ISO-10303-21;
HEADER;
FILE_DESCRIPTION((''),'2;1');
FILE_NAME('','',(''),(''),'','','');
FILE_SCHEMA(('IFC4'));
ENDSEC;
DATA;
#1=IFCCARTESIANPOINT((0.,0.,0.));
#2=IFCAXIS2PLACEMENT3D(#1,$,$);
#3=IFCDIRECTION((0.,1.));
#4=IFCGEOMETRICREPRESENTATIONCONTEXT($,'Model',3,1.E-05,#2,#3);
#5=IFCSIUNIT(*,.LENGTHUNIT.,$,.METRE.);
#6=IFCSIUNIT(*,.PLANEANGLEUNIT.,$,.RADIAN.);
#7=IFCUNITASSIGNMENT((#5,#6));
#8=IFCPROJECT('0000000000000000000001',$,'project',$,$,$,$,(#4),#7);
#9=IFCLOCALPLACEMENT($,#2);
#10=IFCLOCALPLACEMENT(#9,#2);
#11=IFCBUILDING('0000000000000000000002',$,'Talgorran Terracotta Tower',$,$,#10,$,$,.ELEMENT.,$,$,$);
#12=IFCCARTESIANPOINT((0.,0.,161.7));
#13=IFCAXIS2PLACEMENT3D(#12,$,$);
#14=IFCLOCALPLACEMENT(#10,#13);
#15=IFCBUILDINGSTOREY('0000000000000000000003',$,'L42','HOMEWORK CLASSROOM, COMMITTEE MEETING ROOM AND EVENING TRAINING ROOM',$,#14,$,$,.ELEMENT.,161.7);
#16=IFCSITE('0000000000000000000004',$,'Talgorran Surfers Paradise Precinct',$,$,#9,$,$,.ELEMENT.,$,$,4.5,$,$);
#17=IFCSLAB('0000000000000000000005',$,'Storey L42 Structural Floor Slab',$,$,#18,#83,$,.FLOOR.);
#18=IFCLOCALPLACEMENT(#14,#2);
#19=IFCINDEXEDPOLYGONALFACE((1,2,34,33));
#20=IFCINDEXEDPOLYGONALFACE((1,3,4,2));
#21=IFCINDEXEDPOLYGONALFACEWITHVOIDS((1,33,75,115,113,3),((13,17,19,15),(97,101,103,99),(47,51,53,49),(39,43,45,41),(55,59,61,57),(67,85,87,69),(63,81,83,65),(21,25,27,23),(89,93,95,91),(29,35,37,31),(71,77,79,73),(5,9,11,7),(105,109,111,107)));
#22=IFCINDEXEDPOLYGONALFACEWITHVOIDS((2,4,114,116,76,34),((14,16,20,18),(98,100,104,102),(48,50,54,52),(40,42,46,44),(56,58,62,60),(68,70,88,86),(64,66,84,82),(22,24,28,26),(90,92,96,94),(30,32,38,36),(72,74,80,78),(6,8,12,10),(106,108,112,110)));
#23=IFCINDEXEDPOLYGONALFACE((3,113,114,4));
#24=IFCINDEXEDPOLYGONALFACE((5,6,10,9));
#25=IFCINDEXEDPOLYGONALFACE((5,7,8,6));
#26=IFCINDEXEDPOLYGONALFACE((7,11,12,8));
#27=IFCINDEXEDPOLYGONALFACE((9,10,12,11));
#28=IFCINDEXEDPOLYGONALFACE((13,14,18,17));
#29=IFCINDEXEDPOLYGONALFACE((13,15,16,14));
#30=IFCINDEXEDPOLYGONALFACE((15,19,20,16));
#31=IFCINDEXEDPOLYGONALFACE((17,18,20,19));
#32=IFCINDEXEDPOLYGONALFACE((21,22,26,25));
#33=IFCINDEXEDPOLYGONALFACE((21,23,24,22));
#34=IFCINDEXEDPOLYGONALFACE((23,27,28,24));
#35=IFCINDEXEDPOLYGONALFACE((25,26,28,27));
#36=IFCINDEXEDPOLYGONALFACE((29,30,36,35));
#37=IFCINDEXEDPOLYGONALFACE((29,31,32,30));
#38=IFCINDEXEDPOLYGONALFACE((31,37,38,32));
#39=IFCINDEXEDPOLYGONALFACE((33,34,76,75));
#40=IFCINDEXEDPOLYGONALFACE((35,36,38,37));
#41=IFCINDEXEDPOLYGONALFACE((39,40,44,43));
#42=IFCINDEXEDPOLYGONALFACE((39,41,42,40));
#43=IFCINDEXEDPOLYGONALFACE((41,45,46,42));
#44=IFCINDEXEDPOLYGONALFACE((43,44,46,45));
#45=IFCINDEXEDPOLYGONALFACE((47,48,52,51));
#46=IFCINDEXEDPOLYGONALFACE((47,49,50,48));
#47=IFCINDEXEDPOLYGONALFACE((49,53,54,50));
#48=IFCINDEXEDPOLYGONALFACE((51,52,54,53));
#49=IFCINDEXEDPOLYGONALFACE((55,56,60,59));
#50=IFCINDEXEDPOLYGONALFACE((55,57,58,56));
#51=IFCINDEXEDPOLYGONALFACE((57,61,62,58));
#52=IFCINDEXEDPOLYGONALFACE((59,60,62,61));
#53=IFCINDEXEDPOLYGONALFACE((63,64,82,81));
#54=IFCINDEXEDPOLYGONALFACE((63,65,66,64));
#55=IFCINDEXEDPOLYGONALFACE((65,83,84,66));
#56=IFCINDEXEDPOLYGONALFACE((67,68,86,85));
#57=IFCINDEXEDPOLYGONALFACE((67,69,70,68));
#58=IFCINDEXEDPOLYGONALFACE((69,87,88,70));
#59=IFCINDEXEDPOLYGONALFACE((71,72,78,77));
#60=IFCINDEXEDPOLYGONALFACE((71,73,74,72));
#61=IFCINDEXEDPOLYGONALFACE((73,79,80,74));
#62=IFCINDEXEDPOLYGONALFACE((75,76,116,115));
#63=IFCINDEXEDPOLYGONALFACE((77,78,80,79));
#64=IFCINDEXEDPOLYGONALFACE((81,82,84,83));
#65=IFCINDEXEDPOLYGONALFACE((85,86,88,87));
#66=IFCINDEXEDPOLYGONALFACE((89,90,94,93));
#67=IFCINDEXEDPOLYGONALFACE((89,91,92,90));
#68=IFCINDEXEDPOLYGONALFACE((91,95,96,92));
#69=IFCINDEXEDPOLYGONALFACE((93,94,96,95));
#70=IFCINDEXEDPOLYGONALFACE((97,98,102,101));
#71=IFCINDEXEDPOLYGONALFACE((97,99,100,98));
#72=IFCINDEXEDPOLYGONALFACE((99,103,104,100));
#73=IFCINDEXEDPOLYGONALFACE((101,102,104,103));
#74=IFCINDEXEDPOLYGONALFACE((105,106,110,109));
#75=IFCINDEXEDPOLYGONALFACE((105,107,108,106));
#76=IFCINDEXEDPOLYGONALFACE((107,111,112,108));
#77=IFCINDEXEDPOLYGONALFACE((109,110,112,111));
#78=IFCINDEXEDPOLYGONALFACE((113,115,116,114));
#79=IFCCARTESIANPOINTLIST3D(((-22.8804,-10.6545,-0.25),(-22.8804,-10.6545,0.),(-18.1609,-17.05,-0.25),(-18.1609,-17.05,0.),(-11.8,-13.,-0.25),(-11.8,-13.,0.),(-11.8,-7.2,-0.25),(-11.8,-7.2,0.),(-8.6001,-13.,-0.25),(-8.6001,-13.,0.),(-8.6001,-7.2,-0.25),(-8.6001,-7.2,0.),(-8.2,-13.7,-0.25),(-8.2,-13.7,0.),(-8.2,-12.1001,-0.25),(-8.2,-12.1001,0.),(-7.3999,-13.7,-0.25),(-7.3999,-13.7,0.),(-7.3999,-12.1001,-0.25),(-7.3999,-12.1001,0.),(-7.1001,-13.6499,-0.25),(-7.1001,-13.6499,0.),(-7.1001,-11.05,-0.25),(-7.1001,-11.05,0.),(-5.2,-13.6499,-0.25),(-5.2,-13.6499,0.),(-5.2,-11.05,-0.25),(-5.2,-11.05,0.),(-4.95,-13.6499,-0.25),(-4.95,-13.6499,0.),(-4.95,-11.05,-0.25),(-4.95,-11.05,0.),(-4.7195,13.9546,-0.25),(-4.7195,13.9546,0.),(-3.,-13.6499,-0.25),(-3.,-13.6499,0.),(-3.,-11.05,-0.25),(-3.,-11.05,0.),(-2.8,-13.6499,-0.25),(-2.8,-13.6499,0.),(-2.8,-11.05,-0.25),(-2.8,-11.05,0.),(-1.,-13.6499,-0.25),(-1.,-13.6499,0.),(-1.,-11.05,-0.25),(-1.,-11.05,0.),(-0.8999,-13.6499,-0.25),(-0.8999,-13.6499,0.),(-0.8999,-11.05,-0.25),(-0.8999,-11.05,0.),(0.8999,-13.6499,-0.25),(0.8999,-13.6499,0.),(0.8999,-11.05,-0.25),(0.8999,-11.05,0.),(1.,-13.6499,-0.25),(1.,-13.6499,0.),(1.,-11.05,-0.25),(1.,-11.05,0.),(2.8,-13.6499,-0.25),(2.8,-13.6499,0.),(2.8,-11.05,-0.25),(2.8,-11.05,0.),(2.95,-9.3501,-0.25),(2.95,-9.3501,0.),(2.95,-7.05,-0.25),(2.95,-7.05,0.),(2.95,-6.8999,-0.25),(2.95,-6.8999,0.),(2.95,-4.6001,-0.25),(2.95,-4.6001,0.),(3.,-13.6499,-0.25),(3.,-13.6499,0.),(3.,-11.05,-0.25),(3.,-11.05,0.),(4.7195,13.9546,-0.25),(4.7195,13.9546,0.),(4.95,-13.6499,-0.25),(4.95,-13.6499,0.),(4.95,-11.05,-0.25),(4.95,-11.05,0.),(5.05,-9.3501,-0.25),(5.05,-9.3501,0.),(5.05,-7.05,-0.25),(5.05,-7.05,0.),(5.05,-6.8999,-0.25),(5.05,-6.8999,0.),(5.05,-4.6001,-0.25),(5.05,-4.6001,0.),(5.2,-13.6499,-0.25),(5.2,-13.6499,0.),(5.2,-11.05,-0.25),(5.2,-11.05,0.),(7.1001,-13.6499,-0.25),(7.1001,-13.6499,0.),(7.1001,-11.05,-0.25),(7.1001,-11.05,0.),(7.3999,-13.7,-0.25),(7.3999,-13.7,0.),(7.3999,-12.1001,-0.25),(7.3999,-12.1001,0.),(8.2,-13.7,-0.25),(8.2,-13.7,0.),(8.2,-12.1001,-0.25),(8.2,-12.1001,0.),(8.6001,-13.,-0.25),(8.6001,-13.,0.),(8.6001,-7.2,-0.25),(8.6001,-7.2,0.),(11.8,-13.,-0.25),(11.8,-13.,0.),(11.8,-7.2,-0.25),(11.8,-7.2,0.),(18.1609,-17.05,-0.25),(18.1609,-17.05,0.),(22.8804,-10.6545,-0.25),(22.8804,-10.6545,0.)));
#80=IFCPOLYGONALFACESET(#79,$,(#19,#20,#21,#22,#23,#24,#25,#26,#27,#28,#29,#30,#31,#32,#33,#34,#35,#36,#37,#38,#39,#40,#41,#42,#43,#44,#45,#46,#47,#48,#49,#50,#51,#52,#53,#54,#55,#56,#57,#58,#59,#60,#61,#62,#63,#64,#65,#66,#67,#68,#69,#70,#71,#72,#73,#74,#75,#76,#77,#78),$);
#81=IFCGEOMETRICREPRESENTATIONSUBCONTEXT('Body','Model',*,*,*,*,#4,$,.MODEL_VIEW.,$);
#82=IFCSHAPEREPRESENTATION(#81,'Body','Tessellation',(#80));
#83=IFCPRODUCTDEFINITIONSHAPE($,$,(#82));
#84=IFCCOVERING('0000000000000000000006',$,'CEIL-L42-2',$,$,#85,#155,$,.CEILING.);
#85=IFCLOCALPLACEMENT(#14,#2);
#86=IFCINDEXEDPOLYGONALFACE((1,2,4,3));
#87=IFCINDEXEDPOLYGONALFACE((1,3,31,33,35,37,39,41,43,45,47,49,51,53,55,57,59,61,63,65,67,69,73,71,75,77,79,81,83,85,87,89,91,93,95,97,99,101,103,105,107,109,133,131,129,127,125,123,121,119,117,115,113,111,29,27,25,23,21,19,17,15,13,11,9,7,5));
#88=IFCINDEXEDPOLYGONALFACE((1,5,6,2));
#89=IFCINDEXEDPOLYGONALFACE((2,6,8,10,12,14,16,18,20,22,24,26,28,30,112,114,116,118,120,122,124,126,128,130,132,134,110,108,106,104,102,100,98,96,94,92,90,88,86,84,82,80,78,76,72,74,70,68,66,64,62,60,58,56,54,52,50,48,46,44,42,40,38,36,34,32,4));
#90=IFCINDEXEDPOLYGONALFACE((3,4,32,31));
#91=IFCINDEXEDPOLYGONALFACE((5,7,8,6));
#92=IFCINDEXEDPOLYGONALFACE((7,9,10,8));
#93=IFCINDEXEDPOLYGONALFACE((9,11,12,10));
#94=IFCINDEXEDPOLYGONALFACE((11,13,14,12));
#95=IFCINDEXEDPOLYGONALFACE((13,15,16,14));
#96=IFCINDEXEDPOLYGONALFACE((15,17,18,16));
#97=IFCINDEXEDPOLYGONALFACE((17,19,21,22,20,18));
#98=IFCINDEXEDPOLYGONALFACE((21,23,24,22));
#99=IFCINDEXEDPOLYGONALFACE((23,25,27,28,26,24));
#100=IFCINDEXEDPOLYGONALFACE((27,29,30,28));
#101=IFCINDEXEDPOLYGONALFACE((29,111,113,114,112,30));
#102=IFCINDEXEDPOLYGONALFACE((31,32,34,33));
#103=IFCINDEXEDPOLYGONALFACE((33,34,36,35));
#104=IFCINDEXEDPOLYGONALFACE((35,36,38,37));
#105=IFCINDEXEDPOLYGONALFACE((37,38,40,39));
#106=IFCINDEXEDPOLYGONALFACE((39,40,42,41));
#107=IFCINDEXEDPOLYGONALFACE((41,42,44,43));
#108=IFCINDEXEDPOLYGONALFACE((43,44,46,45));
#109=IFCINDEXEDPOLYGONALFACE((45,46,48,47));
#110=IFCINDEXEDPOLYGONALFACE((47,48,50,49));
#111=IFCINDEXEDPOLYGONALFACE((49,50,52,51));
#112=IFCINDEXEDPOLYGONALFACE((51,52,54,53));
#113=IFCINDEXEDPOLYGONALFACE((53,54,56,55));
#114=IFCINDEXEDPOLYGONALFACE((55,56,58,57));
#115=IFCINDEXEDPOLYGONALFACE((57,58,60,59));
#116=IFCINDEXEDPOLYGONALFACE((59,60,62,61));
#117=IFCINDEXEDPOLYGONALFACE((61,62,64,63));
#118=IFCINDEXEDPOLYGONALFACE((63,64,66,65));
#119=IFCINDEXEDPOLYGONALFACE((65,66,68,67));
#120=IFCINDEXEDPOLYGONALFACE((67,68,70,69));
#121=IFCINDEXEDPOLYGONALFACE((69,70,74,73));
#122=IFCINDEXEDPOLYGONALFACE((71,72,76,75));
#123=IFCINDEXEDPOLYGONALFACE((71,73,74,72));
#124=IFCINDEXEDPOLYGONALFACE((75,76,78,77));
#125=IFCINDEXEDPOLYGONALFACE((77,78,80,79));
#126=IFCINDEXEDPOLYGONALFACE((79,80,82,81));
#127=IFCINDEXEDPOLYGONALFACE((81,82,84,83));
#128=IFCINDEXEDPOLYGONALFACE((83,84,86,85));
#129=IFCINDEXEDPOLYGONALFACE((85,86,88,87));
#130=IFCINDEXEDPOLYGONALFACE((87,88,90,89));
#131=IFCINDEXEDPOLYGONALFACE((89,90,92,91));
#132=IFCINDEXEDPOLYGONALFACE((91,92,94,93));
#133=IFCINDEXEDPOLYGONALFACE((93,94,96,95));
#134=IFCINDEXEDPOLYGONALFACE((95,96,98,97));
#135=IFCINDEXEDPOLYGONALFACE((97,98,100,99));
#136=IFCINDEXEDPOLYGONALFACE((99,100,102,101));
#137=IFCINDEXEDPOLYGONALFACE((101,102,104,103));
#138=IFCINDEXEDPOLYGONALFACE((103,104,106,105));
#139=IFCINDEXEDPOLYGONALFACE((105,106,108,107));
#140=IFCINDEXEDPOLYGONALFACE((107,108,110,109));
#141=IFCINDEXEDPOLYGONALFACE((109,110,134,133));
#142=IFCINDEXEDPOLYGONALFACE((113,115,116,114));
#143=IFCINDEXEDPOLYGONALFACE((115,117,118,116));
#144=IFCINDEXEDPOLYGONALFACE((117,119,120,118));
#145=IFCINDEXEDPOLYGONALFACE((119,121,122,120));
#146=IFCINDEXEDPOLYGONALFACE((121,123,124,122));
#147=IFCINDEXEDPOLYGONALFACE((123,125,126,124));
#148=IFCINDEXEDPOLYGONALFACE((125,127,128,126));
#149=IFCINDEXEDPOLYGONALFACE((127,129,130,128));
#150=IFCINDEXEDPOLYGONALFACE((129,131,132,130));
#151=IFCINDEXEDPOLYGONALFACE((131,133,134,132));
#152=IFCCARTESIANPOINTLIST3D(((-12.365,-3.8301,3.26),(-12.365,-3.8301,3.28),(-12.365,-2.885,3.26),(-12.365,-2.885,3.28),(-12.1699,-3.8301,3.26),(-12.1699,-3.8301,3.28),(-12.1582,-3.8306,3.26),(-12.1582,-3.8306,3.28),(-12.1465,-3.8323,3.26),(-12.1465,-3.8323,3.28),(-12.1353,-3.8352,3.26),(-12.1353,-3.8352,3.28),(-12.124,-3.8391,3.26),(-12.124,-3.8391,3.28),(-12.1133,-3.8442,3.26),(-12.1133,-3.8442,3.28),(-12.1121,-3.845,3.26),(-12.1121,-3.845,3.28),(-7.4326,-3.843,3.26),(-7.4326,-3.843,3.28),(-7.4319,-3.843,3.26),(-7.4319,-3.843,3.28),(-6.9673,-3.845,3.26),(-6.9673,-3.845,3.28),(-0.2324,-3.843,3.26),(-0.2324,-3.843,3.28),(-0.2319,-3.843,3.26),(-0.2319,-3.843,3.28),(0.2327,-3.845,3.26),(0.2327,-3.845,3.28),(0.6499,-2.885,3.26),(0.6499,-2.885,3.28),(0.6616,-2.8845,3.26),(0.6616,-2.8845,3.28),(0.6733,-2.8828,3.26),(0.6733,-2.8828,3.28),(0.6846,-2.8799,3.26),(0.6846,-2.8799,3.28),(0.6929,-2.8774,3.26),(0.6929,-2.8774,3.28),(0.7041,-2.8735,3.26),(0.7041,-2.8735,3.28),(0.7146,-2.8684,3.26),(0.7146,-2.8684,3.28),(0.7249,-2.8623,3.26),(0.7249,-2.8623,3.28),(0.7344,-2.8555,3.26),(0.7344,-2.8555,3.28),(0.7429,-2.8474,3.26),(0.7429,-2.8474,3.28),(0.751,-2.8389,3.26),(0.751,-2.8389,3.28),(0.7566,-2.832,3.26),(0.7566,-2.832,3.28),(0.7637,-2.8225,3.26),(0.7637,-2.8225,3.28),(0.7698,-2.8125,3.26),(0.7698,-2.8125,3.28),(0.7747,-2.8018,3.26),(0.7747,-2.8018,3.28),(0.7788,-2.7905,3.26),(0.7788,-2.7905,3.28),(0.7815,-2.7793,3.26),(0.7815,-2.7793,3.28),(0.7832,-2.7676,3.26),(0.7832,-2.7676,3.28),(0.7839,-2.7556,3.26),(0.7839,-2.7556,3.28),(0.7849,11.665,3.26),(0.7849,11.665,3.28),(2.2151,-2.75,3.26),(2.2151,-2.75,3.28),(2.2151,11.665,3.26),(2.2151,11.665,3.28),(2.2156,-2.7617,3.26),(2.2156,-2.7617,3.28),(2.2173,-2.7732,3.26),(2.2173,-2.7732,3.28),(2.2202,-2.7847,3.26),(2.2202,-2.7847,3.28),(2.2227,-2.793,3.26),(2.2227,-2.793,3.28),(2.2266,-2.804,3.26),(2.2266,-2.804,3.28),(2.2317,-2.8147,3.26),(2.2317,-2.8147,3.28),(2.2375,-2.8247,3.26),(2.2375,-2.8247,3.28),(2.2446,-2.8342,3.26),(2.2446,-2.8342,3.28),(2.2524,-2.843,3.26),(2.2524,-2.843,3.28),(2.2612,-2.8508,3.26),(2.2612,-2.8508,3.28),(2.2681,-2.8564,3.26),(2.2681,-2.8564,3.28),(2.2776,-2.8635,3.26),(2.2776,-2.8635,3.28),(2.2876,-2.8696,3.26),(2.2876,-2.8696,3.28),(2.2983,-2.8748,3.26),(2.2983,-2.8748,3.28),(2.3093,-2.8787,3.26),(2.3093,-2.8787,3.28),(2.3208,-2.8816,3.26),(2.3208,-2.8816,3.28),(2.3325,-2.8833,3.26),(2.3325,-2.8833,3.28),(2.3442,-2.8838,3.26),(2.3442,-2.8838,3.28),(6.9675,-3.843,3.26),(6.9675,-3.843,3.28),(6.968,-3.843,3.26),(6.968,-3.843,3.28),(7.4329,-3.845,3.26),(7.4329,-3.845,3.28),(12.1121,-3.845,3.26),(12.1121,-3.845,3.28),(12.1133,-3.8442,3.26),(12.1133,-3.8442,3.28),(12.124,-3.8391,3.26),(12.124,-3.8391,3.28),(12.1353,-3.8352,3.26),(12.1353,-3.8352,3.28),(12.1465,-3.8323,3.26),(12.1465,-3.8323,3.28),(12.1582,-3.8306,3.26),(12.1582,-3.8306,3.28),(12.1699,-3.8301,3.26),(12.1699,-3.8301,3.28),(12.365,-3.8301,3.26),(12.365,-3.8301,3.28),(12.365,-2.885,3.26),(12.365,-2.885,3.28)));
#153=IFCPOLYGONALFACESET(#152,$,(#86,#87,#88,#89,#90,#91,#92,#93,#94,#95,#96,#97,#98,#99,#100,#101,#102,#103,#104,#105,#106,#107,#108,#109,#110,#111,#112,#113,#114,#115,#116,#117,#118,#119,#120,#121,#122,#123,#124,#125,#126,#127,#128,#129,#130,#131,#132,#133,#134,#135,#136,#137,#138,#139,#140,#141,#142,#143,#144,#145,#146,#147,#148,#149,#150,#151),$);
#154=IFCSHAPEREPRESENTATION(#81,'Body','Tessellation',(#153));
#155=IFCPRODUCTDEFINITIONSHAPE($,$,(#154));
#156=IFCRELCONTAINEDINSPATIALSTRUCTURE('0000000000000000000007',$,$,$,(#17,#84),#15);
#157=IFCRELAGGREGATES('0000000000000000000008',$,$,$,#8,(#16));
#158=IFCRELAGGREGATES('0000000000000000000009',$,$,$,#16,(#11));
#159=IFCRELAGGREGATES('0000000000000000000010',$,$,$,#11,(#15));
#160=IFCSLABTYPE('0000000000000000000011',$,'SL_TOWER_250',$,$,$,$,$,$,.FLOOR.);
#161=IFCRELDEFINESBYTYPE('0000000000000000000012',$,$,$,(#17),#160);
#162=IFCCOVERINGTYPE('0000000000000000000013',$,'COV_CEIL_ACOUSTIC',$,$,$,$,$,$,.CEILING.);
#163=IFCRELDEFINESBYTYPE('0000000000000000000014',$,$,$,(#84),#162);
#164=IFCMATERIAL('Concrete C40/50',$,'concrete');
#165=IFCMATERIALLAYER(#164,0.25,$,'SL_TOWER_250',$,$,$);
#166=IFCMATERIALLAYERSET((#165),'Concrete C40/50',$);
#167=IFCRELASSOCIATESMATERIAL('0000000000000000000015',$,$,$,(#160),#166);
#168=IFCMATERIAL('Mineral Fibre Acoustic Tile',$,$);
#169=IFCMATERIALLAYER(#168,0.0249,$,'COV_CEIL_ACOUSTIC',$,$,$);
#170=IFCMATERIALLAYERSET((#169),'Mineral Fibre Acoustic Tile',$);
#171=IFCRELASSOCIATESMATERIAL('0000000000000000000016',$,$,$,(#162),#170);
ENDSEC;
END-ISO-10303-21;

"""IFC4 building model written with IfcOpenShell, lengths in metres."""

from ifc_helpers import new_model, si_unit, direction, frame, origin, place, context, subcontext, project, spatial, polyline, outline, extrude, material, layer, layer_set, type_object, element, save


model = new_model("IFC4")

# Units and contexts
model_context = context("Model", 3, precision=1e-05, world=origin(), true_north=direction((0.0, 1.0)))
body_context = subcontext(model_context, "Body", "Model", "MODEL_VIEW")
ifc_project = project(units=[si_unit("LENGTHUNIT", "METRE"), si_unit("PLANEANGLEUNIT", "RADIAN")], contexts=[model_context])

# Site, building, storey
site_placement = place(None, origin())
site = spatial("IfcSite", under=ifc_project, at=site_placement, Name="Talgorran Surfers Paradise Precinct", CompositionType="ELEMENT", RefElevation=4.5)
building_placement = place(site_placement, origin())
building = spatial("IfcBuilding", under=site, at=building_placement, Name="Talgorran Terracotta Tower", CompositionType="ELEMENT")
storey_placement = place(building_placement, frame((0.0, 0.0, 161.7)))
storey = spatial("IfcBuildingStorey", under=building, at=storey_placement, Name="L42", Description="HOMEWORK CLASSROOM, COMMITTEE MEETING ROOM AND EVENING TRAINING ROOM", CompositionType="ELEMENT", Elevation=161.7)

# Shared definitions
ifc_material_1 = material(Name="Concrete C40/50", Category="concrete")

# Slab
ifc_layer_1 = layer(ifc_material_1, 0.25, Name="SL_TOWER_250")
ifc_layer_set_1 = layer_set([ifc_layer_1], Name="Concrete C40/50")
slab_type_1 = type_object("IfcSlabType", Name="SL_TOWER_250", PredefinedType="FLOOR", material=ifc_layer_set_1)
slab_1_placement = place(storey_placement, frame((0.0, 0.0, -0.25)))
element("IfcSlab", 1, at=slab_1_placement, inside=storey, type_object=slab_type_1, Name="Storey L42 Structural Floor Slab", PredefinedType="FLOOR", context=body_context, shape_type="SweptSolid", body=[
    extrude(outline(polyline([(-22.8804, -10.6545), (-18.1609, -17.05), (18.1609, -17.05), (22.8804, -10.6545), (4.7195, 13.9546), (-4.7195, 13.9546), (-22.8804, -10.6545)]), holes=[polyline([(-11.8, -7.2), (-11.8, -13.0), (-8.6001, -13.0), (-8.6001, -7.2), (-11.8, -7.2)]), polyline([(8.6001, -7.2), (8.6001, -13.0), (11.8, -13.0), (11.8, -7.2), (8.6001, -7.2)]), polyline([(-7.1001, -13.6499), (-5.2, -13.6499), (-5.2, -11.05), (-7.1001, -11.05), (-7.1001, -13.6499)]), polyline([(5.2, -13.6499), (7.1001, -13.6499), (7.1001, -11.05), (5.2, -11.05), (5.2, -13.6499)]), polyline([(3.0, -13.6499), (4.95, -13.6499), (4.95, -11.05), (3.0, -11.05), (3.0, -13.6499)]), polyline([(-4.95, -13.6499), (-3.0, -13.6499), (-3.0, -11.05), (-4.95, -11.05), (-4.95, -13.6499)]), polyline([(2.95, -9.3501), (5.05, -9.3501), (5.05, -7.05), (2.95, -7.05), (2.95, -9.3501)]), polyline([(2.95, -6.8999), (5.05, -6.8999), (5.05, -4.6001), (2.95, -4.6001), (2.95, -6.8999)]), polyline([(-2.8, -13.6499), (-1.0, -13.6499), (-1.0, -11.05), (-2.8, -11.05), (-2.8, -13.6499)]), polyline([(-0.8999, -13.6499), (0.8999, -13.6499), (0.8999, -11.05), (-0.8999, -11.05), (-0.8999, -13.6499)]), polyline([(1.0, -13.6499), (2.8, -13.6499), (2.8, -11.05), (1.0, -11.05), (1.0, -13.6499)]), polyline([(-8.2, -13.7), (-7.3999, -13.7), (-7.3999, -12.1001), (-8.2, -12.1001), (-8.2, -13.7)]), polyline([(7.3999, -13.7), (8.2, -13.7), (8.2, -12.1001), (7.3999, -12.1001), (7.3999, -13.7)])]), origin(), (0.0, 0.0, 1.0), 0.25),
])

# Covering
ifc_material_2 = material(Name="Mineral Fibre Acoustic Tile")
ifc_layer_2 = layer(ifc_material_2, 0.0249, Name="COV_CEIL_ACOUSTIC")
ifc_layer_set_2 = layer_set([ifc_layer_2], Name="Mineral Fibre Acoustic Tile")
covering_type_1 = type_object("IfcCoveringType", Name="COV_CEIL_ACOUSTIC", PredefinedType="CEILING", material=ifc_layer_set_2)
covering_1_placement = place(storey_placement, frame((0.0, 0.0, 3.26)))
element("IfcCovering", 2, at=covering_1_placement, inside=storey, type_object=covering_type_1, Name="CEIL-L42-2", PredefinedType="CEILING", context=body_context, shape_type="SweptSolid", body=[
    extrude(outline(polyline([(-12.365, -2.885), (0.6499, -2.885), (0.6616, -2.8845), (0.6733, -2.8828), (0.6846, -2.8799), (0.6929, -2.8774), (0.7041, -2.8735), (0.7146, -2.8684), (0.7249, -2.8623), (0.7344, -2.8555), (0.7429, -2.8474), (0.751, -2.8389), (0.7566, -2.832), (0.7637, -2.8225), (0.7698, -2.8125), (0.7747, -2.8018), (0.7788, -2.7905), (0.7815, -2.7793), (0.7832, -2.7676), (0.7839, -2.7556), (0.7849, 11.665), (2.2151, 11.665), (2.2151, -2.75), (2.2156, -2.7617), (2.2173, -2.7732), (2.2202, -2.7847), (2.2227, -2.793), (2.2266, -2.804), (2.2317, -2.8147), (2.2375, -2.8247), (2.2446, -2.8342), (2.2524, -2.843), (2.2612, -2.8508), (2.2681, -2.8564), (2.2776, -2.8635), (2.2876, -2.8696), (2.2983, -2.8748), (2.3093, -2.8787), (2.3208, -2.8816), (2.3325, -2.8833), (2.3442, -2.8838), (12.365, -2.885), (12.365, -3.8301), (12.1699, -3.8301), (12.1582, -3.8306), (12.1465, -3.8323), (12.1353, -3.8352), (12.124, -3.8391), (12.1133, -3.8442), (12.1121, -3.845), (7.4329, -3.845), (6.968, -3.843), (6.9675, -3.843), (0.2327, -3.845), (-0.2319, -3.843), (-0.2324, -3.843), (-6.9673, -3.845), (-7.4319, -3.843), (-7.4326, -3.843), (-12.1121, -3.845), (-12.1133, -3.8442), (-12.124, -3.8391), (-12.1353, -3.8352), (-12.1465, -3.8323), (-12.1582, -3.8306), (-12.1699, -3.8301), (-12.365, -3.8301), (-12.365, -2.885)])), origin(), (0.0, 0.0, 1.0), 0.02),
])

save(model, "model.ifc")
